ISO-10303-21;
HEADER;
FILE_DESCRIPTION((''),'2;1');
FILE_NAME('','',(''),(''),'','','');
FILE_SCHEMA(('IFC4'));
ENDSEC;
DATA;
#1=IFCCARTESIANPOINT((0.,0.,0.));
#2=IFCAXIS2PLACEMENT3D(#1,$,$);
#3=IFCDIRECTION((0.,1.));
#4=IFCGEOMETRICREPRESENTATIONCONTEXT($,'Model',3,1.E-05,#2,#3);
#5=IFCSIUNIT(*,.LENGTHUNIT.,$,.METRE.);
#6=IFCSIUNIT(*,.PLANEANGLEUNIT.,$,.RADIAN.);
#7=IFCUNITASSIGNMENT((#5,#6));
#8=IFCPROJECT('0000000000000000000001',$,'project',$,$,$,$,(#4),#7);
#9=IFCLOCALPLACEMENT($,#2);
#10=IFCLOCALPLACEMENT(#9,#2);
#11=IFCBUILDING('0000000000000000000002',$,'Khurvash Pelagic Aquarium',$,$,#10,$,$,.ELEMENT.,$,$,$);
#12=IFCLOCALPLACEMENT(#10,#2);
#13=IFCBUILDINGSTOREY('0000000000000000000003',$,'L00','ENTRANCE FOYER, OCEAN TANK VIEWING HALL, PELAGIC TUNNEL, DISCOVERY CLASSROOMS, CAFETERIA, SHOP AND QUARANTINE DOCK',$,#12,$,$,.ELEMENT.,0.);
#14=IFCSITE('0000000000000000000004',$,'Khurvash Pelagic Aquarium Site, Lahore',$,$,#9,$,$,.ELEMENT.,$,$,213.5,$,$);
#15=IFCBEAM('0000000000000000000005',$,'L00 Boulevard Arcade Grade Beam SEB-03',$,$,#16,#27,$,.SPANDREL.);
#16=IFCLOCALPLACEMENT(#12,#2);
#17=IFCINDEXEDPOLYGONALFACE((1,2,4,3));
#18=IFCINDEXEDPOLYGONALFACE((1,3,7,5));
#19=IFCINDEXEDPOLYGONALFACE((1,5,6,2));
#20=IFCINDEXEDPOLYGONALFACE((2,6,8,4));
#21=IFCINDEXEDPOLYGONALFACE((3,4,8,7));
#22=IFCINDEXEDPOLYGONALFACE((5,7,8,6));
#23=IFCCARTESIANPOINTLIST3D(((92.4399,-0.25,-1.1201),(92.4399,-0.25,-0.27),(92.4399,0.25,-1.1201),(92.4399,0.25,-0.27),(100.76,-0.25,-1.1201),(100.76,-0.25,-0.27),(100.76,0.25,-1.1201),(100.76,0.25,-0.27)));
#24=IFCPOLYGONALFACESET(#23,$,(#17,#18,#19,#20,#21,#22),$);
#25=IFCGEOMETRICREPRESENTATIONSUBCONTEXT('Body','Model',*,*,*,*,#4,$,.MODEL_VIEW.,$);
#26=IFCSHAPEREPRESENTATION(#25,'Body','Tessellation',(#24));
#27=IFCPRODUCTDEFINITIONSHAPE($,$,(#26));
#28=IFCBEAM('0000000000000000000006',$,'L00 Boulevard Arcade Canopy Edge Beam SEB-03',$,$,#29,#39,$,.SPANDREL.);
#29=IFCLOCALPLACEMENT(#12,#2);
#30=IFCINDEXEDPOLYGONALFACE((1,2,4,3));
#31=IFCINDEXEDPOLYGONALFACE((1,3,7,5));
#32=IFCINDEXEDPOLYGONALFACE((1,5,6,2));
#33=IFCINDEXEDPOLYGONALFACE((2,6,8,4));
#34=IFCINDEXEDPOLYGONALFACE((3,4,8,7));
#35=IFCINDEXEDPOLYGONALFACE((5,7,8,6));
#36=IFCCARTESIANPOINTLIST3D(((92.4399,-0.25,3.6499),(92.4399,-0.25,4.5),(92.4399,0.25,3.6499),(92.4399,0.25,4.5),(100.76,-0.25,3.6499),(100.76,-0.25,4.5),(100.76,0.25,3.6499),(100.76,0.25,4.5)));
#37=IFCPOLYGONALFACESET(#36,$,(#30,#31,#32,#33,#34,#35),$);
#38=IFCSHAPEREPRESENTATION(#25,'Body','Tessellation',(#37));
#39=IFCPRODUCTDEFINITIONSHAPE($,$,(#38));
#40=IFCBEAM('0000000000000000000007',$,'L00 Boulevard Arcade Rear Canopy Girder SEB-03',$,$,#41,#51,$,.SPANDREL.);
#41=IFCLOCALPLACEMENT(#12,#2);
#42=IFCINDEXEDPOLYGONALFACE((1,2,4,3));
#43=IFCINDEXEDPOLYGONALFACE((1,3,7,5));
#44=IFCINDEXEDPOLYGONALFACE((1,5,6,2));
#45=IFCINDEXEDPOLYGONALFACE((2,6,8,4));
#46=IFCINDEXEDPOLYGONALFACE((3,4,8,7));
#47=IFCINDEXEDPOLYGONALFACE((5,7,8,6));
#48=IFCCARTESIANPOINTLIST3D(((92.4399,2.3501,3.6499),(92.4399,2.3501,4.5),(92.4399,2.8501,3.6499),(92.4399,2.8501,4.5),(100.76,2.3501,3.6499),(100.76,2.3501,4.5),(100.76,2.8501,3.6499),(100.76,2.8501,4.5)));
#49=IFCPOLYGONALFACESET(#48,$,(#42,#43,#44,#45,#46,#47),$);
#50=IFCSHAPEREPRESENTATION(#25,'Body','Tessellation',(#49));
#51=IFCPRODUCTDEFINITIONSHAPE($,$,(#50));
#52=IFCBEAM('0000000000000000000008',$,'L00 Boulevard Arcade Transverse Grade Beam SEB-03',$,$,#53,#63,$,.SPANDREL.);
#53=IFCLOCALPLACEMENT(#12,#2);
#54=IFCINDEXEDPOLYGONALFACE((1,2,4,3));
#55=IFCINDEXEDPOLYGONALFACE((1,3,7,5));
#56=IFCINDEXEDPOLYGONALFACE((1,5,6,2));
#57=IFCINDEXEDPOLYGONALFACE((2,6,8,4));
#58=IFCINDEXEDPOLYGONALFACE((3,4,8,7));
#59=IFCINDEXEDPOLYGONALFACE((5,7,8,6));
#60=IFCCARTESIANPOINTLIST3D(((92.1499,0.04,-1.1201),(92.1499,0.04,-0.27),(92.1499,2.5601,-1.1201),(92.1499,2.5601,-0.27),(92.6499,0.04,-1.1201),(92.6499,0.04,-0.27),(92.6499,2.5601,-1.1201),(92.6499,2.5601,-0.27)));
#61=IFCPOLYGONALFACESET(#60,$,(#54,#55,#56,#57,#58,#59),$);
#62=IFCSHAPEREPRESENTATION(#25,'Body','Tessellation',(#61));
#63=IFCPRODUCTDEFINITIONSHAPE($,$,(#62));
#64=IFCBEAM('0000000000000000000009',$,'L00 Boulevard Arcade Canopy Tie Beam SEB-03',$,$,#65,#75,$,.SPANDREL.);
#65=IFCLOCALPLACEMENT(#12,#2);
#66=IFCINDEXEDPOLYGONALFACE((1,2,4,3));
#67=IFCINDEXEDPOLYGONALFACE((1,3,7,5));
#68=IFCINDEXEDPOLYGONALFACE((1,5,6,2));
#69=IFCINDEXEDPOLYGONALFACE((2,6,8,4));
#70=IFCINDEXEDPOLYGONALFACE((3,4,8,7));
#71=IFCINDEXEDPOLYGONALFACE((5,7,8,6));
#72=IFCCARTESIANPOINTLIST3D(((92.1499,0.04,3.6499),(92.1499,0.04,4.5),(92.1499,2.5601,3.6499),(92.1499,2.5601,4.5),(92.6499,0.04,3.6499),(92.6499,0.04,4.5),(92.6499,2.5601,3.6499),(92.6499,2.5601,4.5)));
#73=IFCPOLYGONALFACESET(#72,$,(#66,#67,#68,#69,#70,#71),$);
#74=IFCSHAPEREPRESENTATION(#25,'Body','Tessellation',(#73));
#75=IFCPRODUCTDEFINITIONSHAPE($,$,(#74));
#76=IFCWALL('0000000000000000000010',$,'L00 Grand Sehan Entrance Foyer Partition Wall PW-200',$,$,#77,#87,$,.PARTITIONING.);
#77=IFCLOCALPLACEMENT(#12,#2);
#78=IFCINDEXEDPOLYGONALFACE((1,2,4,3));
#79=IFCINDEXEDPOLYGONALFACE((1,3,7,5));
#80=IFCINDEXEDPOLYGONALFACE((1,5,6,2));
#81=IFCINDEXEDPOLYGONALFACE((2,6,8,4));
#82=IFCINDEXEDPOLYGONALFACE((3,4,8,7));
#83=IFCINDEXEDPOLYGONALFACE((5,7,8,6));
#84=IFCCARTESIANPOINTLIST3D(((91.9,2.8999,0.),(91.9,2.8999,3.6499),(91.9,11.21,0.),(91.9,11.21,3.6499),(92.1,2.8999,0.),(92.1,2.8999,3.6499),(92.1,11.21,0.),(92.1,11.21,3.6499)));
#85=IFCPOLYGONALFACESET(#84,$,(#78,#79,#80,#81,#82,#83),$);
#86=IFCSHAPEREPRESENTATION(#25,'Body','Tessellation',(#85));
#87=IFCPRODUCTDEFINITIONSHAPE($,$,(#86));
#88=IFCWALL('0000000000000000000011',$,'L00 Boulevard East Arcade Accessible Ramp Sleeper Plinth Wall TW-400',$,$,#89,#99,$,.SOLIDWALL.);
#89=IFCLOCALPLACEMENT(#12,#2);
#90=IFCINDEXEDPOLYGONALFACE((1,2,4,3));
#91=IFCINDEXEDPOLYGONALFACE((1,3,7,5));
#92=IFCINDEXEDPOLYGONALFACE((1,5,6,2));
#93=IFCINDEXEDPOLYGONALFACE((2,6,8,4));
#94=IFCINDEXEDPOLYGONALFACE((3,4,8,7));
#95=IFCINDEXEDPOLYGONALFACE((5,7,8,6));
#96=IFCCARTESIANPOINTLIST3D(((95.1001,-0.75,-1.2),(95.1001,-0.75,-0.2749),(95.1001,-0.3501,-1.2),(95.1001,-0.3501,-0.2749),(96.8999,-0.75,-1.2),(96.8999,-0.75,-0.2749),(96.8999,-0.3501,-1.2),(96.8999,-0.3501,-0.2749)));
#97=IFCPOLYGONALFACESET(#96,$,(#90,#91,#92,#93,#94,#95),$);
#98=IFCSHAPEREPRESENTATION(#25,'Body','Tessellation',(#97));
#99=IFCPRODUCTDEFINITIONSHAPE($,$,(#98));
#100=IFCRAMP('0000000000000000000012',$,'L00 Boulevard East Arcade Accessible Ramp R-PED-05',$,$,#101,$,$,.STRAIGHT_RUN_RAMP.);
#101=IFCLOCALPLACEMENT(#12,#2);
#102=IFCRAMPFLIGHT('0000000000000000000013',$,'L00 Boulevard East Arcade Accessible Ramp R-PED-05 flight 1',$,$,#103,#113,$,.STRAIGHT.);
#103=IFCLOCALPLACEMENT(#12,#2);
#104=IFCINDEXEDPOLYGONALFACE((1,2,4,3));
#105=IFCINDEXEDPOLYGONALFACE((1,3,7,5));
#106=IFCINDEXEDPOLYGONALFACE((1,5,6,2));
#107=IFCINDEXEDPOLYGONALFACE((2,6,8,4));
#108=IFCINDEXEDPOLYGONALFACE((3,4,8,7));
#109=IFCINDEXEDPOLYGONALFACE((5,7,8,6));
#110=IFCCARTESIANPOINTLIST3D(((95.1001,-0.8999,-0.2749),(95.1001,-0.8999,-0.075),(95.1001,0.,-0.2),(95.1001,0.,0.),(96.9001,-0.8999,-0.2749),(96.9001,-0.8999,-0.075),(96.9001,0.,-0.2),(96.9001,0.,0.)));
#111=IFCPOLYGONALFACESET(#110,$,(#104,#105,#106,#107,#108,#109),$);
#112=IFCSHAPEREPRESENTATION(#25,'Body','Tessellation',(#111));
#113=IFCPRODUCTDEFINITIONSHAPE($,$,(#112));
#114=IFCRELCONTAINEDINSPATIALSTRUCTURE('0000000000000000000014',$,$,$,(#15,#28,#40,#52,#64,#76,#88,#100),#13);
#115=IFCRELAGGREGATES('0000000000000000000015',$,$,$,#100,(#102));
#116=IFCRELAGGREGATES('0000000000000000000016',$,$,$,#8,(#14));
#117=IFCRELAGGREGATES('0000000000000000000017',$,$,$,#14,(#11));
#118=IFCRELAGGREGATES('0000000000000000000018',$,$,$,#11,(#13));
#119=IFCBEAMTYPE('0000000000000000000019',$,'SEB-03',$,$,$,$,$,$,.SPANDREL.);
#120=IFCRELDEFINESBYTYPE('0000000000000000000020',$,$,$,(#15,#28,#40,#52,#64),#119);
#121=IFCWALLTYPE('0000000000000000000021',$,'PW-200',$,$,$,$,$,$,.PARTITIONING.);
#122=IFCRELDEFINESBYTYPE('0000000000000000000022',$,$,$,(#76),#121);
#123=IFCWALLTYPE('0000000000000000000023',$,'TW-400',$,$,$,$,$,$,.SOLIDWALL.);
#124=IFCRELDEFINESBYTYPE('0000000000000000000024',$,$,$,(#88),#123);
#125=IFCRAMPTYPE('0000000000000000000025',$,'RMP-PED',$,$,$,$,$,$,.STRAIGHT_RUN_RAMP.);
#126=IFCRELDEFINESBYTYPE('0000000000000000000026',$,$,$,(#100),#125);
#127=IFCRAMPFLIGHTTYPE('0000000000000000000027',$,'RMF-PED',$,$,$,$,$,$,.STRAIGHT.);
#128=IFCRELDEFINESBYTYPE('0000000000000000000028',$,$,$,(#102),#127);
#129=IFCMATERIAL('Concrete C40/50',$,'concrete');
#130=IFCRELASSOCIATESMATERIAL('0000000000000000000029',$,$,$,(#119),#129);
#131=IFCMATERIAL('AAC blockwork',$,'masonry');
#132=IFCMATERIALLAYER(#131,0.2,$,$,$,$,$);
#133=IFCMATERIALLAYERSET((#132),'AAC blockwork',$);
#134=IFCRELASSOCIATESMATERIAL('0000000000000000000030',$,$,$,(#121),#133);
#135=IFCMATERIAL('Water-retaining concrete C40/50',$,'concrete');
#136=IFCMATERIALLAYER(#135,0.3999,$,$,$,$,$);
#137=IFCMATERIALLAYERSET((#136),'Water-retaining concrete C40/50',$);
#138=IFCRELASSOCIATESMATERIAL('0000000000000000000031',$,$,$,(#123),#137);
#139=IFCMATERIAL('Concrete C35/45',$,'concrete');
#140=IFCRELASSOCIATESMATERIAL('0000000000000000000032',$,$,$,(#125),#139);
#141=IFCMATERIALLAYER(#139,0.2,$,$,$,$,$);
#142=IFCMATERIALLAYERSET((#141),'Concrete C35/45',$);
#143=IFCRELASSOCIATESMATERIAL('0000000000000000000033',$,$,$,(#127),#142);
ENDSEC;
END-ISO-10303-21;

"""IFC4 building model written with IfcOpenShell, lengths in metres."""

from ifc_helpers import new_model, si_unit, direction, frame, frame_2d, origin, origin_2d, place, context, subcontext, project, spatial, polyline, rectangle, outline, extrude, material, layer, layer_set, material_profile, profile_set, type_object, element, aggregate, save


model = new_model("IFC4")

# Units and contexts
model_context = context("Model", 3, precision=1e-05, world=origin(), true_north=direction((0.0, 1.0)))
body_context = subcontext(model_context, "Body", "Model", "MODEL_VIEW")
ifc_project = project(units=[si_unit("LENGTHUNIT", "METRE"), si_unit("PLANEANGLEUNIT", "RADIAN")], contexts=[model_context])

# Site, building, storey
site_placement = place(None, origin())
site = spatial("IfcSite", under=ifc_project, at=site_placement, Name="Khurvash Pelagic Aquarium Site, Lahore", CompositionType="ELEMENT", RefElevation=213.5)
building_placement = place(site_placement, origin())
building = spatial("IfcBuilding", under=site, at=building_placement, Name="Khurvash Pelagic Aquarium", CompositionType="ELEMENT")
storey_placement = place(building_placement, origin())
storey = spatial("IfcBuildingStorey", under=building, at=storey_placement, Name="L00", Description="ENTRANCE FOYER, OCEAN TANK VIEWING HALL, PELAGIC TUNNEL, DISCOVERY CLASSROOMS, CAFETERIA, SHOP AND QUARANTINE DOCK", CompositionType="ELEMENT", Elevation=0.0)

# Shared definitions
ifc_material_1 = material(Name="Concrete C40/50", Category="concrete")

# Beams
ifc_material_2 = material(Name="Concrete C35/45", Category="concrete")
ifc_material_profile_1 = material_profile(ifc_material_1, rectangle(XDim=0.5, YDim=0.8501, at=origin_2d()), Name="RC500X850")
ifc_profile_set_1 = profile_set([ifc_material_profile_1], Name="Concrete C40/50")
beam_type_1 = type_object("IfcBeamType", Name="SEB-03", PredefinedType="SPANDREL", material=ifc_profile_set_1)
for number, where, z_axis, x_axis, name in (
    (1, (92.4399, 0.0, -0.6951), (1.0, 0.0, 0.0), (0.0, 1.0, 0.0), "L00 Boulevard Arcade Grade Beam SEB-03"),
    (2, (92.4399, 0.0, 4.075), (1.0, 0.0, 0.0), (0.0, 1.0, 0.0), "L00 Boulevard Arcade Canopy Edge Beam SEB-03"),
    (3, (92.4399, 2.6001, 4.075), (1.0, 0.0, 0.0), (0.0, 1.0, 0.0), "L00 Boulevard Arcade Rear Canopy Girder SEB-03"),
):
    element("IfcBeam", number, at=place(storey_placement, frame(where, z_axis=z_axis, x_axis=x_axis)), inside=storey, type_object=beam_type_1, Name=name, PredefinedType="SPANDREL", context=body_context, shape_type="SweptSolid", body=[
        extrude(rectangle(XDim=0.5, YDim=0.8501, at=origin_2d()), origin(), (0.0, 0.0, 1.0), 8.3201),
    ])
for number, where, z_axis, x_axis, name in (
    (4, (92.3999, 0.04, -0.6951), (0.0, 1.0, 0.0), (-1.0, 0.0, 0.0), "L00 Boulevard Arcade Transverse Grade Beam SEB-03"),
    (5, (92.3999, 0.04, 4.075), (0.0, 1.0, 0.0), (-1.0, 0.0, 0.0), "L00 Boulevard Arcade Canopy Tie Beam SEB-03"),
):
    element("IfcBeam", number, at=place(storey_placement, frame(where, z_axis=z_axis, x_axis=x_axis)), inside=storey, type_object=beam_type_1, Name=name, PredefinedType="SPANDREL", context=body_context, shape_type="SweptSolid", body=[
        extrude(rectangle(XDim=0.5, YDim=0.8501, at=origin_2d()), origin(), (0.0, 0.0, 1.0), 2.52),
    ])

# Walls
ifc_material_3 = material(Name="AAC blockwork", Category="masonry")
ifc_layer_1 = layer(ifc_material_3, 0.2)
ifc_layer_set_1 = layer_set([ifc_layer_1], Name="AAC blockwork")
wall_type_1 = type_object("IfcWallType", Name="PW-200", PredefinedType="PARTITIONING", material=ifc_layer_set_1)
wall_1_placement = place(storey_placement, frame((92.0, 2.8999, 0.0), z_axis=(0.0, 0.0, 1.0), x_axis=(0.0, 1.0, 0.0)))
element("IfcWall", 6, at=wall_1_placement, inside=storey, type_object=wall_type_1, Name="L00 Grand Sehan Entrance Foyer Partition Wall PW-200", PredefinedType="PARTITIONING", context=body_context, shape_type="SweptSolid", body=[
    extrude(rectangle(XDim=8.3101, YDim=0.2, at=frame_2d((4.155, 0.0))), origin(), (0.0, 0.0, 1.0), 3.6499),
])
ifc_material_4 = material(Name="Water-retaining concrete C40/50", Category="concrete")
ifc_layer_2 = layer(ifc_material_4, 0.3999)
ifc_layer_set_2 = layer_set([ifc_layer_2], Name="Water-retaining concrete C40/50")
wall_type_2 = type_object("IfcWallType", Name="TW-400", PredefinedType="SOLIDWALL", material=ifc_layer_set_2)
wall_2_placement = place(storey_placement, frame((95.1001, -0.55, -1.2), z_axis=(0.0, 0.0, 1.0), x_axis=(1.0, 0.0, 0.0)))
element("IfcWall", 7, at=wall_2_placement, inside=storey, type_object=wall_type_2, Name="L00 Boulevard East Arcade Accessible Ramp Sleeper Plinth Wall TW-400", PredefinedType="SOLIDWALL", context=body_context, shape_type="SweptSolid", body=[
    extrude(rectangle(XDim=1.7998, YDim=0.3999, at=frame_2d((0.8999, 0.0))), origin(), (0.0, 0.0, 1.0), 0.925),
])

# Ramp, ramp flight
ramp_type = type_object("IfcRampType", Name="RMP-PED", PredefinedType="STRAIGHT_RUN_RAMP", material=ifc_material_2)
ramp_placement = place(storey_placement, origin())
ramp = element("IfcRamp", 8, at=ramp_placement, inside=storey, type_object=ramp_type, Name="L00 Boulevard East Arcade Accessible Ramp R-PED-05", PredefinedType="STRAIGHT_RUN_RAMP")
ifc_layer_3 = layer(ifc_material_2, 0.2)
ifc_layer_set_3 = layer_set([ifc_layer_3], Name="Concrete C35/45")
ramp_flight_type = type_object("IfcRampFlightType", Name="RMF-PED", PredefinedType="STRAIGHT", material=ifc_layer_set_3)
ramp_flight_placement = place(storey_placement, frame((96.0, -0.8999, -0.075), z_axis=(0.0, 0.0, 1.0), x_axis=(0.0, 1.0, 0.0)))
ramp_flight = element("IfcRampFlight", 9, at=ramp_flight_placement, type_object=ramp_flight_type, Name="L00 Boulevard East Arcade Accessible Ramp R-PED-05 flight 1", PredefinedType="STRAIGHT", context=body_context, shape_type="SweptSolid", body=[
    extrude(outline(polyline([(0.0, 0.0), (0.8999, 0.075), (0.8999, -0.125), (0.0, -0.2), (0.0, 0.0)])), frame((0.0, 0.8999, 0.0), z_axis=(0.0, -1.0, 0.0), x_axis=(1.0, 0.0, 0.0)), (0.0, 0.0, 1.0), 1.8),
])
aggregate(ramp, [ramp_flight])

save(model, "model.ifc")
